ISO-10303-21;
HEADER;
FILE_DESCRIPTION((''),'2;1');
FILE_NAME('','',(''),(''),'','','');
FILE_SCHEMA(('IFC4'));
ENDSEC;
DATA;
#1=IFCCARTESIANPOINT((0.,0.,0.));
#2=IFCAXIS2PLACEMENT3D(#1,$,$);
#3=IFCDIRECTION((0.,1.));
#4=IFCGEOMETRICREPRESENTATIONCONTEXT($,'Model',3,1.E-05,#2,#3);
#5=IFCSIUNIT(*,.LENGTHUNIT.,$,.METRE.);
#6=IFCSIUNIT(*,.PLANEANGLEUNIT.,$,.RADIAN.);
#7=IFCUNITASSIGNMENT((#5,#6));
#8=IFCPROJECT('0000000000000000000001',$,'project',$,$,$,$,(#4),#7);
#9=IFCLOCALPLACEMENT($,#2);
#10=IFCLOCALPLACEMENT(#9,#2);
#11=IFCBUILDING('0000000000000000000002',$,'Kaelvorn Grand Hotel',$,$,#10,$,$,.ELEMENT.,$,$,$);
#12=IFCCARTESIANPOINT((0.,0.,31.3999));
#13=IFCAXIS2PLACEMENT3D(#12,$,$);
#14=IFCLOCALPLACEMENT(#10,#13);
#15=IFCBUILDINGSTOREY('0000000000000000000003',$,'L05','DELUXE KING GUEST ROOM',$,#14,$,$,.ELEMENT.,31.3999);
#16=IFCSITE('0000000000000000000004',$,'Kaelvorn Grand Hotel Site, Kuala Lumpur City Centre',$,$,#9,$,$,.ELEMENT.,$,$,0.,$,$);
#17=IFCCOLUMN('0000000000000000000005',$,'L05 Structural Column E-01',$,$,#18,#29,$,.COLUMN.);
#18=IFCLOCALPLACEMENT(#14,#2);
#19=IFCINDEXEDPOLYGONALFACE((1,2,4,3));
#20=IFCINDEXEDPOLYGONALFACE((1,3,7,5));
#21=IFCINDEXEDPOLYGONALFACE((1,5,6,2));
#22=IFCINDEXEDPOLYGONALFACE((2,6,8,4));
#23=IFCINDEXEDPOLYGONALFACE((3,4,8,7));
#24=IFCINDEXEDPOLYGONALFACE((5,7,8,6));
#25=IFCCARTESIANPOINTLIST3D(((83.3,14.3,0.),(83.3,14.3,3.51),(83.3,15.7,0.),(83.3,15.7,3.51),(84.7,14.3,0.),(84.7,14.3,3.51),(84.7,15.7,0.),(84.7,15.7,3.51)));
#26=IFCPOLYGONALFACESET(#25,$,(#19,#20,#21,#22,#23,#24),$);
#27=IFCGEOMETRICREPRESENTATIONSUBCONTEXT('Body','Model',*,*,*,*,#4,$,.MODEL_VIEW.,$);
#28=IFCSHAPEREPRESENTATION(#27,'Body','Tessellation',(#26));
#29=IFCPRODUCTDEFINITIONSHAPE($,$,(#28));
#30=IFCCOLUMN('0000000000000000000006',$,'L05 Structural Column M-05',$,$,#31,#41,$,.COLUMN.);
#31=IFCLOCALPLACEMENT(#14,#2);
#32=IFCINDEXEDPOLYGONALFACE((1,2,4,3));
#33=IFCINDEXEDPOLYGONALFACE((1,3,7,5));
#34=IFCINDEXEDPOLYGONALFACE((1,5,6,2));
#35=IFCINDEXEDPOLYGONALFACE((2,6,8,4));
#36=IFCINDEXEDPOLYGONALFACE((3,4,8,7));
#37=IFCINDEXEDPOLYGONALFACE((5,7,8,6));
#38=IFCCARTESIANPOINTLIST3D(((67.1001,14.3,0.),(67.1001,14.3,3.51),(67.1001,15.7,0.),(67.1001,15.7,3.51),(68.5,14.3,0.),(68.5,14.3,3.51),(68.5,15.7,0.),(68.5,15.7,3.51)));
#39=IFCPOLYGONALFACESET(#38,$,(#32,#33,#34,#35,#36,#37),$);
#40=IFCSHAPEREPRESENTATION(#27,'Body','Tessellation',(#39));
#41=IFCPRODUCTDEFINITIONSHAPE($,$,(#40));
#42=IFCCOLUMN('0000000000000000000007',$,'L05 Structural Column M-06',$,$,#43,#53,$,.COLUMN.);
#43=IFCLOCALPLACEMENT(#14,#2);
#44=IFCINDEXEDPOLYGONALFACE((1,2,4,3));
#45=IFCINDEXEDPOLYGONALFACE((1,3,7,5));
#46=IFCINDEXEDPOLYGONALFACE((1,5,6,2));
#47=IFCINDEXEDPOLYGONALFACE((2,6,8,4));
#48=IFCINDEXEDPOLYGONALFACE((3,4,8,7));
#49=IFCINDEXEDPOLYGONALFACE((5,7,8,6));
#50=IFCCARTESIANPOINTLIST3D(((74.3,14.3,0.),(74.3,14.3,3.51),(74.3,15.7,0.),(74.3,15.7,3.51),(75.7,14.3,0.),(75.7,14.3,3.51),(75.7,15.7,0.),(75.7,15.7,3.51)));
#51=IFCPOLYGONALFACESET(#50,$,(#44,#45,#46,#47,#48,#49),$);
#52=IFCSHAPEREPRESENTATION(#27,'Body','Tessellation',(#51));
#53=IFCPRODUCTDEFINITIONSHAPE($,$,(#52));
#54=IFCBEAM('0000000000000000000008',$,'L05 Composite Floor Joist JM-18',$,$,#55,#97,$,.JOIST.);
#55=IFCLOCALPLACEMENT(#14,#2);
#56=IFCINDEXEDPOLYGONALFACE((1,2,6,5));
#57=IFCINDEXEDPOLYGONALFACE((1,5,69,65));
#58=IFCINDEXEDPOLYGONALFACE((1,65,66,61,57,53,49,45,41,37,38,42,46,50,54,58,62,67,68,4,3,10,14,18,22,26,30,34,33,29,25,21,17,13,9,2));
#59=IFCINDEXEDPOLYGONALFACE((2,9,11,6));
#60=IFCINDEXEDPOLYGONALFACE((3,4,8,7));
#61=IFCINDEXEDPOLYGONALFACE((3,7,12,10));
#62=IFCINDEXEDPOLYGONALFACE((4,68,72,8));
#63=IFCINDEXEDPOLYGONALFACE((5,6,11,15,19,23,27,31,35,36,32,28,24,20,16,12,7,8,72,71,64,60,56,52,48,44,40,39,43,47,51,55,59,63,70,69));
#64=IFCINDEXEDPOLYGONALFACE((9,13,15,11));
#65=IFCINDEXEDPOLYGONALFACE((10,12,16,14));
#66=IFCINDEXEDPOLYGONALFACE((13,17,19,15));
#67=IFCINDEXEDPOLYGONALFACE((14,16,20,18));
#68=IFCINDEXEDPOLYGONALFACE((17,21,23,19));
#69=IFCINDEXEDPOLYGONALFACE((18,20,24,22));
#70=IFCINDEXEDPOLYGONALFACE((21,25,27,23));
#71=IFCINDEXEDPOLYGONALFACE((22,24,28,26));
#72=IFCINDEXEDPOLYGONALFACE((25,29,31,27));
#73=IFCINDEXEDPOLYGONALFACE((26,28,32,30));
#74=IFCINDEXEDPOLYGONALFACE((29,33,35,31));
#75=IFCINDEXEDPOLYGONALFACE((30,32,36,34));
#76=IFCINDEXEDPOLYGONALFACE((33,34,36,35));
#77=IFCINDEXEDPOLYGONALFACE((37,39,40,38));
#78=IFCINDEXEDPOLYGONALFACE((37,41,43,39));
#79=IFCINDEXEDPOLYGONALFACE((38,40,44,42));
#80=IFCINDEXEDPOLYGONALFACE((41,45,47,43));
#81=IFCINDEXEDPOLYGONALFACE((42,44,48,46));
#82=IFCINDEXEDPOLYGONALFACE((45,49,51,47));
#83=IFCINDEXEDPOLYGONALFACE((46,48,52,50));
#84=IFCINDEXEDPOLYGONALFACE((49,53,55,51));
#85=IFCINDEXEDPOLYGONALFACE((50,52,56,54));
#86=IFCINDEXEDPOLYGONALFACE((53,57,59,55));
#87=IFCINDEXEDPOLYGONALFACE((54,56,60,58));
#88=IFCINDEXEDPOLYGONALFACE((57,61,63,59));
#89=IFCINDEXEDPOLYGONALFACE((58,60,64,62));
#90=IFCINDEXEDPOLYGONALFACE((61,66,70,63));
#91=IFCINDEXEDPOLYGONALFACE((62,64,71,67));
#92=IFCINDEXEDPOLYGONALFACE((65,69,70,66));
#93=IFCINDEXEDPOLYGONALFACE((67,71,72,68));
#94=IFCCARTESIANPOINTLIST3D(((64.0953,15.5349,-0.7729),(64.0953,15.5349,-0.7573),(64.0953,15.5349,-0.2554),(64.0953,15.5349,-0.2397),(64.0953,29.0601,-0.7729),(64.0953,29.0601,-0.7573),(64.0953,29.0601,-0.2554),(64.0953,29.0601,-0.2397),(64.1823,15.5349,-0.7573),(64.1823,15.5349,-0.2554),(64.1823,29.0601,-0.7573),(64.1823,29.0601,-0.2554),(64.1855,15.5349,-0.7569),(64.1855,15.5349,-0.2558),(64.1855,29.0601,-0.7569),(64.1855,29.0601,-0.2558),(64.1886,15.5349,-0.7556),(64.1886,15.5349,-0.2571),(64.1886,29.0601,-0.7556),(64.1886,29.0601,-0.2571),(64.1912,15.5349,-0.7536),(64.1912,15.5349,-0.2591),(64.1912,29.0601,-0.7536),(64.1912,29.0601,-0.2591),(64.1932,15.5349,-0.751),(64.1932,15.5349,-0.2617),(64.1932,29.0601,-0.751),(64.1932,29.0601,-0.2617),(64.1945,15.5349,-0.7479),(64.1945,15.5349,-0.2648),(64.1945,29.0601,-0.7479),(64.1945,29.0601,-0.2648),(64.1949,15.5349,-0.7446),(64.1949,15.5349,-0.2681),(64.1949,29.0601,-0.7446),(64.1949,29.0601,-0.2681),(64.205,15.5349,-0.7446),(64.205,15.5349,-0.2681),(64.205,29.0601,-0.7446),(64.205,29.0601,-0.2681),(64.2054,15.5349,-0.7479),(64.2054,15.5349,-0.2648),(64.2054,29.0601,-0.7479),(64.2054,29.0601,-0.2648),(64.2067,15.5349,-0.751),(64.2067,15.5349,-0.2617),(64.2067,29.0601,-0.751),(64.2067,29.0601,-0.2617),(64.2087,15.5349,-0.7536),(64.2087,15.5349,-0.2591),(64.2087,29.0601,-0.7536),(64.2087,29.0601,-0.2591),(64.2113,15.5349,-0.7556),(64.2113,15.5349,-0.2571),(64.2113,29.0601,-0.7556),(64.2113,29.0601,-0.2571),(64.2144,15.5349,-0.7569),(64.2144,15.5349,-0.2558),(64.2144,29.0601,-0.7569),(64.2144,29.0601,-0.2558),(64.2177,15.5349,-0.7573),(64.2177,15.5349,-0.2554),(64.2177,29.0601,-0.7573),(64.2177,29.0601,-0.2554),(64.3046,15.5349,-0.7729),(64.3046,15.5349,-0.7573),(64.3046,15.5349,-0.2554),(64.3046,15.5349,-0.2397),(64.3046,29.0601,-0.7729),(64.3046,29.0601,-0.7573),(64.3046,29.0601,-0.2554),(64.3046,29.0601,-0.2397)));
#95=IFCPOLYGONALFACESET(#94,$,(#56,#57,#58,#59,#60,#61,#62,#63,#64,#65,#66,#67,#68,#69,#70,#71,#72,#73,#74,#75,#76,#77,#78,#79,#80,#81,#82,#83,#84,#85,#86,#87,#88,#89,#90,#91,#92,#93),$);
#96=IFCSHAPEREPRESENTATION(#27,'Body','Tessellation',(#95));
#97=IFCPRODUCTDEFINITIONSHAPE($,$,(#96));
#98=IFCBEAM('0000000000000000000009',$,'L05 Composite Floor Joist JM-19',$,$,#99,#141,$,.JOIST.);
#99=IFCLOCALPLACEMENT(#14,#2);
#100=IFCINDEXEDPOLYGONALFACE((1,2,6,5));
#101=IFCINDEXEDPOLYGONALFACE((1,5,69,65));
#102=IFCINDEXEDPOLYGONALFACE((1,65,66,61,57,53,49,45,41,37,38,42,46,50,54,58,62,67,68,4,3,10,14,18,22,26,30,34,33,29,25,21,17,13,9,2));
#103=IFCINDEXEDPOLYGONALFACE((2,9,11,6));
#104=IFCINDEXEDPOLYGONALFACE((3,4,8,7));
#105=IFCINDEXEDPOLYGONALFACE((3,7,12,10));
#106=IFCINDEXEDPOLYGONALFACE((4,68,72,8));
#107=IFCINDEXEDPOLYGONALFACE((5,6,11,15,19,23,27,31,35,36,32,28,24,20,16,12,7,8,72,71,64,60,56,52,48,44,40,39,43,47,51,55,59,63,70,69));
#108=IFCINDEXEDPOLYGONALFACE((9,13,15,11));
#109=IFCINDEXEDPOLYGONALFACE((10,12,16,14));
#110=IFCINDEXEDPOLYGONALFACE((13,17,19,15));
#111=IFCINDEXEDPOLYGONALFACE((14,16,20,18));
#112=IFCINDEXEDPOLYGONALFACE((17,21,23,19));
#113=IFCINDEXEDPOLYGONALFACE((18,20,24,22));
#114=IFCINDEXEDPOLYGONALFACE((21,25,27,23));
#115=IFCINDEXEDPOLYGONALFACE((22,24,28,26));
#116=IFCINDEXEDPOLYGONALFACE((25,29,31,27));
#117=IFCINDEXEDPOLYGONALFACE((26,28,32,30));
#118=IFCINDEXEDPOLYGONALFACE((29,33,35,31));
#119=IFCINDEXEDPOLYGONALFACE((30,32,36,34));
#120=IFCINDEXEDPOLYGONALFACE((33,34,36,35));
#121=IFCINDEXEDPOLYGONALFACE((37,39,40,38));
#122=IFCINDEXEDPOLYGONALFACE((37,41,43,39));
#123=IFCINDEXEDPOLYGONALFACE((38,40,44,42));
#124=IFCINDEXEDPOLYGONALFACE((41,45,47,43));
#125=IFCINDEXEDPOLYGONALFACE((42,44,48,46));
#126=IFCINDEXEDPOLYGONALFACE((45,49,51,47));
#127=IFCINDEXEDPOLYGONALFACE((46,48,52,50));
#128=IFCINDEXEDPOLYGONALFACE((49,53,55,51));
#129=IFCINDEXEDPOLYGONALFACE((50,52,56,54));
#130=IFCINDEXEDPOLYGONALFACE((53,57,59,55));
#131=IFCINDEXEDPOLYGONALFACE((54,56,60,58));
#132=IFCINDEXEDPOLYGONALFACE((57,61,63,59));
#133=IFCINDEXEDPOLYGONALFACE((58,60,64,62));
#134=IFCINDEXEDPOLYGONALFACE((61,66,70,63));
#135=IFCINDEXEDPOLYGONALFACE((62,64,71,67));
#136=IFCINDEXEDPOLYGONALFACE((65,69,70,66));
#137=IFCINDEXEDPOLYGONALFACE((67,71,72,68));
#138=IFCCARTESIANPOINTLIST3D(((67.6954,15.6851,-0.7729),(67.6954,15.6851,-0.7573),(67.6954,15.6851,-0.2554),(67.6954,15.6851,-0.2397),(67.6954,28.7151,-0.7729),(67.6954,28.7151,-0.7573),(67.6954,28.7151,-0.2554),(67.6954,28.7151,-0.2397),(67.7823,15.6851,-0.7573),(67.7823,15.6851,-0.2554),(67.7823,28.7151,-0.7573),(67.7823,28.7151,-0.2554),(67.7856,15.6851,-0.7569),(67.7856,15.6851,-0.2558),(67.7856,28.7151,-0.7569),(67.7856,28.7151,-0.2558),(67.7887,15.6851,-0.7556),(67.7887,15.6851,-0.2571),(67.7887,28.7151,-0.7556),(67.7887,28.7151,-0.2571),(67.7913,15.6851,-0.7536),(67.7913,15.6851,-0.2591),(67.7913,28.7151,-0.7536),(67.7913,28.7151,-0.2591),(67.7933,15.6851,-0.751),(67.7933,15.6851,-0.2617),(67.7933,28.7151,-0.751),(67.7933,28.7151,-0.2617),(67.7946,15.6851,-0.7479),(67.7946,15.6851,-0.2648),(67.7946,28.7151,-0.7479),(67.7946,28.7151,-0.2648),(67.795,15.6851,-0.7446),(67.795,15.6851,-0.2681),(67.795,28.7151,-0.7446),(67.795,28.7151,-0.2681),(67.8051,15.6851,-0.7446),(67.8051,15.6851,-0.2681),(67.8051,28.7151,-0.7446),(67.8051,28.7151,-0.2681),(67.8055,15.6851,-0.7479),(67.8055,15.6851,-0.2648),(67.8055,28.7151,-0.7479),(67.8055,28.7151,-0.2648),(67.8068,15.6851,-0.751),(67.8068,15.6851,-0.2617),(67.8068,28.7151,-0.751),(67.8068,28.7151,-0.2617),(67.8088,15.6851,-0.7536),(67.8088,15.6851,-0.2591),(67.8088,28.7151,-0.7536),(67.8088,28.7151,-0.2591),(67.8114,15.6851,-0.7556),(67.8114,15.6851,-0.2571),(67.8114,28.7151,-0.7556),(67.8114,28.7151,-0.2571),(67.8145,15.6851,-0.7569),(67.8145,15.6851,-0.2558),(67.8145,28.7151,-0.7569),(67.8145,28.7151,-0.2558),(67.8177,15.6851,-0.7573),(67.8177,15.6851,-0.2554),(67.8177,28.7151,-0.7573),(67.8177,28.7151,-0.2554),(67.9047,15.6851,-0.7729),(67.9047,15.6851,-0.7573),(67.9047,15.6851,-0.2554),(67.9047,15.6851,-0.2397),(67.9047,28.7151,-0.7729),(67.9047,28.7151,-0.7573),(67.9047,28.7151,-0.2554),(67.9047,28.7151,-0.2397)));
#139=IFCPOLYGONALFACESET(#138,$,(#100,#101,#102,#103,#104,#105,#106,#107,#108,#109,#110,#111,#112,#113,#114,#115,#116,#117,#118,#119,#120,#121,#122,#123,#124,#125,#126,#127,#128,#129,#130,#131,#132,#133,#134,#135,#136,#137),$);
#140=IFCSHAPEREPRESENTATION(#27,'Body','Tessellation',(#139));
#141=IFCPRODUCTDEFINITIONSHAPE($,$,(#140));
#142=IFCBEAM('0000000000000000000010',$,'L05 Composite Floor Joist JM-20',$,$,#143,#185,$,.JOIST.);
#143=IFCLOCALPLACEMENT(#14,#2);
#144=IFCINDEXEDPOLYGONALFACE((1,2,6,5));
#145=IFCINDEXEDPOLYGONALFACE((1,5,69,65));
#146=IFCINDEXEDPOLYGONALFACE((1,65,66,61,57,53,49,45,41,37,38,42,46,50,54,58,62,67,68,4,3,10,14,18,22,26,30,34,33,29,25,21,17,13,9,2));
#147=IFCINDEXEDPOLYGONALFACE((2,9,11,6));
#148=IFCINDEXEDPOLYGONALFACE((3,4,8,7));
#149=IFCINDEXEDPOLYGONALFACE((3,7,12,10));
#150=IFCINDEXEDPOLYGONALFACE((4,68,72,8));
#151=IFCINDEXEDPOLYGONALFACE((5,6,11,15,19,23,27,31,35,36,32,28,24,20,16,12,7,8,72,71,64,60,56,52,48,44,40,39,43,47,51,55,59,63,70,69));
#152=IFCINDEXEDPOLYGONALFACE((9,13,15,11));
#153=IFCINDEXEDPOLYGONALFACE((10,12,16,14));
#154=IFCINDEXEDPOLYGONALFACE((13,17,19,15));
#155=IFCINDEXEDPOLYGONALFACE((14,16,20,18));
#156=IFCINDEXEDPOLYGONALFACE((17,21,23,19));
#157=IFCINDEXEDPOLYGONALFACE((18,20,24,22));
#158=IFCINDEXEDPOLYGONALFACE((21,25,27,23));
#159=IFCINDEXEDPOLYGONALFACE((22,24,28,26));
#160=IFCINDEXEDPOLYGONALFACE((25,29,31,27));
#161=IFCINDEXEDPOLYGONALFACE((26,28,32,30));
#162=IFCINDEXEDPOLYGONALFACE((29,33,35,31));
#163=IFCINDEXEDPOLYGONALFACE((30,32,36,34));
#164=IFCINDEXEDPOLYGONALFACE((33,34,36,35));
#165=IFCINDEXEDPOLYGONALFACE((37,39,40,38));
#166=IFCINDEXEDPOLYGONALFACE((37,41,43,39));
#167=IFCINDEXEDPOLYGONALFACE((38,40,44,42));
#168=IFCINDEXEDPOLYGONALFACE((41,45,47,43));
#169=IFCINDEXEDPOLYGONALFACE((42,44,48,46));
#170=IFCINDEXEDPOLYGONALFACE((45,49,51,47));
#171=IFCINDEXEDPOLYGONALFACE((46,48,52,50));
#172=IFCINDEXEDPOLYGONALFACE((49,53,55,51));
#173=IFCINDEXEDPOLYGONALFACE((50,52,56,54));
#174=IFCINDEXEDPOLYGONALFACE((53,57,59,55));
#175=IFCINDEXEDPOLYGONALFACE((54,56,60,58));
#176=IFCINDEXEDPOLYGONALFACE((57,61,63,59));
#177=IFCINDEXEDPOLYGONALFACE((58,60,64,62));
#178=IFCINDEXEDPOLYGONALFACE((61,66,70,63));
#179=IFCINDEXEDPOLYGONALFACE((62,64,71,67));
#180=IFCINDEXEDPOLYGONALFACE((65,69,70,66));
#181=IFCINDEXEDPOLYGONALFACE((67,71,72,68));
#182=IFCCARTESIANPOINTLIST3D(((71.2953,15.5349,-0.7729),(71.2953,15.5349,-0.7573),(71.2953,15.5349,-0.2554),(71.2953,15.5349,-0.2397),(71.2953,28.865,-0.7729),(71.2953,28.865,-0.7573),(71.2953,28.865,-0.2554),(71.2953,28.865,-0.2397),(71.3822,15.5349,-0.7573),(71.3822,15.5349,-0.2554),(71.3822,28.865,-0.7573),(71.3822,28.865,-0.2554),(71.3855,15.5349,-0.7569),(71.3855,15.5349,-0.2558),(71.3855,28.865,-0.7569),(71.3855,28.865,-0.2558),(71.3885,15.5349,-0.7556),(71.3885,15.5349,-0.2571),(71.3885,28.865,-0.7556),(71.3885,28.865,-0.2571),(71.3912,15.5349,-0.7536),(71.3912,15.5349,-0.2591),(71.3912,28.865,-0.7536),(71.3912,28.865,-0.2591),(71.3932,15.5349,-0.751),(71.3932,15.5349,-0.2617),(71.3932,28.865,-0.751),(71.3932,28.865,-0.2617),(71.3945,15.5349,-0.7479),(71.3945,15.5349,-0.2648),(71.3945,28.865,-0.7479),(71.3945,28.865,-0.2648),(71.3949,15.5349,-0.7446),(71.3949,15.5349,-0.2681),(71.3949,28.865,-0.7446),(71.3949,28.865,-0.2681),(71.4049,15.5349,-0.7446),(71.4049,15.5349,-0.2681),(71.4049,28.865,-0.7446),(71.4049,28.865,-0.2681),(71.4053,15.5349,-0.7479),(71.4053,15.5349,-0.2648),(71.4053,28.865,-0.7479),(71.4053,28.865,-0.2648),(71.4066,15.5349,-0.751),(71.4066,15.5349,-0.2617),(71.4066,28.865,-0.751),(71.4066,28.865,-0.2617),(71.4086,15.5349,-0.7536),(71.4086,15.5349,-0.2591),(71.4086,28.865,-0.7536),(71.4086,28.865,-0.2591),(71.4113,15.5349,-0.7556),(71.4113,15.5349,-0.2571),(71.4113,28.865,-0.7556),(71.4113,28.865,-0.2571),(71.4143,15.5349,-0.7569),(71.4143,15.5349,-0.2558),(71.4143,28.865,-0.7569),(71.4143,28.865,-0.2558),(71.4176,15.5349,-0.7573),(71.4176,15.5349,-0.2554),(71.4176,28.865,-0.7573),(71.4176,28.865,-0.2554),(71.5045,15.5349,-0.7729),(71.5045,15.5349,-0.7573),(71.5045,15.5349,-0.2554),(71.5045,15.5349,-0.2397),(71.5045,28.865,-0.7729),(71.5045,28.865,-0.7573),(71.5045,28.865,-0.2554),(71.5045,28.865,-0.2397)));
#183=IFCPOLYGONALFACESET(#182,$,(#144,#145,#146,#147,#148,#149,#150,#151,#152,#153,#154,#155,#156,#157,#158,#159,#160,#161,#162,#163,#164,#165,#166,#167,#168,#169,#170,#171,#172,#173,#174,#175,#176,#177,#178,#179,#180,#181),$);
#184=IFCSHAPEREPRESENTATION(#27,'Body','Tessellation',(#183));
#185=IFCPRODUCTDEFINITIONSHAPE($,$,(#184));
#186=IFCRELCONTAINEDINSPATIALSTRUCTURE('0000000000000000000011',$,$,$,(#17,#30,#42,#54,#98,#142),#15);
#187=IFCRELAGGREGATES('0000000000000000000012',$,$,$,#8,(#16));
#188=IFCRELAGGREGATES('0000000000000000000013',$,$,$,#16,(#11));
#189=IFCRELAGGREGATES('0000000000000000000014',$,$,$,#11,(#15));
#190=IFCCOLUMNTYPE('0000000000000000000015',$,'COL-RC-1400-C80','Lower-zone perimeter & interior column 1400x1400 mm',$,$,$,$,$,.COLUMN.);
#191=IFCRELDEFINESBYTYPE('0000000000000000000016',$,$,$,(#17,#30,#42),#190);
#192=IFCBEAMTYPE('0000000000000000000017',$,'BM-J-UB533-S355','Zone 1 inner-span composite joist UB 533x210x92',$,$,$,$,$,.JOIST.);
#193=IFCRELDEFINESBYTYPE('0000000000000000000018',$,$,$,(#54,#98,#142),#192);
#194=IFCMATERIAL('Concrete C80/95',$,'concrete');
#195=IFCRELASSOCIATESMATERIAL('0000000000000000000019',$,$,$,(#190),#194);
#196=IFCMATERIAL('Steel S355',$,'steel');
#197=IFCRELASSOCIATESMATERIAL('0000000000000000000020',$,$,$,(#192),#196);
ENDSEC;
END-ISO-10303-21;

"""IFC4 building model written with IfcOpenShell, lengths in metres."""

from ifc_helpers import new_model, si_unit, direction, frame, origin, origin_2d, place, context, subcontext, project, spatial, rectangle, i_section, extrude, material, material_profile, profile_set, type_object, element, save


model = new_model("IFC4")

# Units and contexts
model_context = context("Model", 3, precision=1e-05, world=origin(), true_north=direction((0.0, 1.0)))
body_context = subcontext(model_context, "Body", "Model", "MODEL_VIEW")
ifc_project = project(units=[si_unit("LENGTHUNIT", "METRE"), si_unit("PLANEANGLEUNIT", "RADIAN")], contexts=[model_context])

# Site, building, storey
site_placement = place(None, origin())
site = spatial("IfcSite", under=ifc_project, at=site_placement, Name="Kaelvorn Grand Hotel Site, Kuala Lumpur City Centre", CompositionType="ELEMENT", RefElevation=0.0)
building_placement = place(site_placement, origin())
building = spatial("IfcBuilding", under=site, at=building_placement, Name="Kaelvorn Grand Hotel", CompositionType="ELEMENT")
storey_placement = place(building_placement, frame((0.0, 0.0, 31.3999)))
storey = spatial("IfcBuildingStorey", under=building, at=storey_placement, Name="L05", Description="DELUXE KING GUEST ROOM", CompositionType="ELEMENT", Elevation=31.3999)

# Columns
ifc_material_1 = material(Name="Concrete C80/95", Category="concrete")
ifc_material_profile_1 = material_profile(ifc_material_1, rectangle(XDim=1.3999, YDim=1.3999, at=origin_2d()), Name="RC COL 1400x1400")
ifc_profile_set_1 = profile_set([ifc_material_profile_1], Name="Concrete C80/95")
column_type = type_object("IfcColumnType", Name="COL-RC-1400-C80", Description="Lower-zone perimeter & interior column 1400x1400 mm", PredefinedType="COLUMN", material=ifc_profile_set_1)
for number, where, z_axis, x_axis, name in (
    (1, (84.0, 15.0, 0.0), (0.0, 0.0, 1.0), (1.0, 0.0, 0.0), "L05 Structural Column E-01"),
    (2, (67.8, 15.0, 0.0), (0.0, 0.0, 1.0), (1.0, 0.0, 0.0), "L05 Structural Column M-05"),
    (3, (75.0, 15.0, 0.0), (0.0, 0.0, 1.0), (1.0, 0.0, 0.0), "L05 Structural Column M-06"),
):
    element("IfcColumn", number, at=place(storey_placement, frame(where, z_axis=z_axis, x_axis=x_axis)), inside=storey, type_object=column_type, Name=name, PredefinedType="COLUMN", context=body_context, shape_type="SweptSolid", body=[
        extrude(rectangle(XDim=1.3999, YDim=1.3999, at=origin_2d()), origin(), (0.0, 0.0, 1.0), 3.51),
    ])

# Beams
ifc_material_2 = material(Name="Steel S355", Category="steel")
ifc_material_profile_2 = material_profile(ifc_material_2, i_section(OverallWidth=0.2092, OverallDepth=0.5332, WebThickness=0.01, FlangeThickness=0.0156, FilletRadius=0.0127, at=origin_2d()), Name="UB 533x210x92")
ifc_profile_set_2 = profile_set([ifc_material_profile_2], Name="Steel S355")
beam_type_1 = type_object("IfcBeamType", Name="BM-J-UB533-S355", Description="Zone 1 inner-span composite joist UB 533x210x92", PredefinedType="JOIST", material=ifc_profile_set_2)
beam_1_placement = place(storey_placement, frame((64.2, 15.5349, -0.5063), z_axis=(0.0, 1.0, 0.0), x_axis=(-1.0, 0.0, 0.0)))
element("IfcBeam", 4, at=beam_1_placement, inside=storey, type_object=beam_type_1, Name="L05 Composite Floor Joist JM-18", PredefinedType="JOIST", context=body_context, shape_type="SweptSolid", body=[
    extrude(i_section(OverallWidth=0.2092, OverallDepth=0.5332, WebThickness=0.01, FlangeThickness=0.0156, FilletRadius=0.0127, at=origin_2d()), origin(), (0.0, 0.0, 1.0), 13.5251),
])
beam_2_placement = place(storey_placement, frame((67.8, 15.6851, -0.5063), z_axis=(0.0, 1.0, 0.0), x_axis=(-1.0, 0.0, 0.0)))
element("IfcBeam", 5, at=beam_2_placement, inside=storey, type_object=beam_type_1, Name="L05 Composite Floor Joist JM-19", PredefinedType="JOIST", context=body_context, shape_type="SweptSolid", body=[
    extrude(i_section(OverallWidth=0.2092, OverallDepth=0.5332, WebThickness=0.01, FlangeThickness=0.0156, FilletRadius=0.0127, at=origin_2d()), origin(), (0.0, 0.0, 1.0), 13.03),
])
beam_3_placement = place(storey_placement, frame((71.3999, 15.5349, -0.5063), z_axis=(0.0, 1.0, 0.0), x_axis=(-1.0, 0.0, 0.0)))
element("IfcBeam", 6, at=beam_3_placement, inside=storey, type_object=beam_type_1, Name="L05 Composite Floor Joist JM-20", PredefinedType="JOIST", context=body_context, shape_type="SweptSolid", body=[
    extrude(i_section(OverallWidth=0.2092, OverallDepth=0.5332, WebThickness=0.01, FlangeThickness=0.0156, FilletRadius=0.0127, at=origin_2d()), origin(), (0.0, 0.0, 1.0), 13.3301),
])

save(model, "model.ifc")
